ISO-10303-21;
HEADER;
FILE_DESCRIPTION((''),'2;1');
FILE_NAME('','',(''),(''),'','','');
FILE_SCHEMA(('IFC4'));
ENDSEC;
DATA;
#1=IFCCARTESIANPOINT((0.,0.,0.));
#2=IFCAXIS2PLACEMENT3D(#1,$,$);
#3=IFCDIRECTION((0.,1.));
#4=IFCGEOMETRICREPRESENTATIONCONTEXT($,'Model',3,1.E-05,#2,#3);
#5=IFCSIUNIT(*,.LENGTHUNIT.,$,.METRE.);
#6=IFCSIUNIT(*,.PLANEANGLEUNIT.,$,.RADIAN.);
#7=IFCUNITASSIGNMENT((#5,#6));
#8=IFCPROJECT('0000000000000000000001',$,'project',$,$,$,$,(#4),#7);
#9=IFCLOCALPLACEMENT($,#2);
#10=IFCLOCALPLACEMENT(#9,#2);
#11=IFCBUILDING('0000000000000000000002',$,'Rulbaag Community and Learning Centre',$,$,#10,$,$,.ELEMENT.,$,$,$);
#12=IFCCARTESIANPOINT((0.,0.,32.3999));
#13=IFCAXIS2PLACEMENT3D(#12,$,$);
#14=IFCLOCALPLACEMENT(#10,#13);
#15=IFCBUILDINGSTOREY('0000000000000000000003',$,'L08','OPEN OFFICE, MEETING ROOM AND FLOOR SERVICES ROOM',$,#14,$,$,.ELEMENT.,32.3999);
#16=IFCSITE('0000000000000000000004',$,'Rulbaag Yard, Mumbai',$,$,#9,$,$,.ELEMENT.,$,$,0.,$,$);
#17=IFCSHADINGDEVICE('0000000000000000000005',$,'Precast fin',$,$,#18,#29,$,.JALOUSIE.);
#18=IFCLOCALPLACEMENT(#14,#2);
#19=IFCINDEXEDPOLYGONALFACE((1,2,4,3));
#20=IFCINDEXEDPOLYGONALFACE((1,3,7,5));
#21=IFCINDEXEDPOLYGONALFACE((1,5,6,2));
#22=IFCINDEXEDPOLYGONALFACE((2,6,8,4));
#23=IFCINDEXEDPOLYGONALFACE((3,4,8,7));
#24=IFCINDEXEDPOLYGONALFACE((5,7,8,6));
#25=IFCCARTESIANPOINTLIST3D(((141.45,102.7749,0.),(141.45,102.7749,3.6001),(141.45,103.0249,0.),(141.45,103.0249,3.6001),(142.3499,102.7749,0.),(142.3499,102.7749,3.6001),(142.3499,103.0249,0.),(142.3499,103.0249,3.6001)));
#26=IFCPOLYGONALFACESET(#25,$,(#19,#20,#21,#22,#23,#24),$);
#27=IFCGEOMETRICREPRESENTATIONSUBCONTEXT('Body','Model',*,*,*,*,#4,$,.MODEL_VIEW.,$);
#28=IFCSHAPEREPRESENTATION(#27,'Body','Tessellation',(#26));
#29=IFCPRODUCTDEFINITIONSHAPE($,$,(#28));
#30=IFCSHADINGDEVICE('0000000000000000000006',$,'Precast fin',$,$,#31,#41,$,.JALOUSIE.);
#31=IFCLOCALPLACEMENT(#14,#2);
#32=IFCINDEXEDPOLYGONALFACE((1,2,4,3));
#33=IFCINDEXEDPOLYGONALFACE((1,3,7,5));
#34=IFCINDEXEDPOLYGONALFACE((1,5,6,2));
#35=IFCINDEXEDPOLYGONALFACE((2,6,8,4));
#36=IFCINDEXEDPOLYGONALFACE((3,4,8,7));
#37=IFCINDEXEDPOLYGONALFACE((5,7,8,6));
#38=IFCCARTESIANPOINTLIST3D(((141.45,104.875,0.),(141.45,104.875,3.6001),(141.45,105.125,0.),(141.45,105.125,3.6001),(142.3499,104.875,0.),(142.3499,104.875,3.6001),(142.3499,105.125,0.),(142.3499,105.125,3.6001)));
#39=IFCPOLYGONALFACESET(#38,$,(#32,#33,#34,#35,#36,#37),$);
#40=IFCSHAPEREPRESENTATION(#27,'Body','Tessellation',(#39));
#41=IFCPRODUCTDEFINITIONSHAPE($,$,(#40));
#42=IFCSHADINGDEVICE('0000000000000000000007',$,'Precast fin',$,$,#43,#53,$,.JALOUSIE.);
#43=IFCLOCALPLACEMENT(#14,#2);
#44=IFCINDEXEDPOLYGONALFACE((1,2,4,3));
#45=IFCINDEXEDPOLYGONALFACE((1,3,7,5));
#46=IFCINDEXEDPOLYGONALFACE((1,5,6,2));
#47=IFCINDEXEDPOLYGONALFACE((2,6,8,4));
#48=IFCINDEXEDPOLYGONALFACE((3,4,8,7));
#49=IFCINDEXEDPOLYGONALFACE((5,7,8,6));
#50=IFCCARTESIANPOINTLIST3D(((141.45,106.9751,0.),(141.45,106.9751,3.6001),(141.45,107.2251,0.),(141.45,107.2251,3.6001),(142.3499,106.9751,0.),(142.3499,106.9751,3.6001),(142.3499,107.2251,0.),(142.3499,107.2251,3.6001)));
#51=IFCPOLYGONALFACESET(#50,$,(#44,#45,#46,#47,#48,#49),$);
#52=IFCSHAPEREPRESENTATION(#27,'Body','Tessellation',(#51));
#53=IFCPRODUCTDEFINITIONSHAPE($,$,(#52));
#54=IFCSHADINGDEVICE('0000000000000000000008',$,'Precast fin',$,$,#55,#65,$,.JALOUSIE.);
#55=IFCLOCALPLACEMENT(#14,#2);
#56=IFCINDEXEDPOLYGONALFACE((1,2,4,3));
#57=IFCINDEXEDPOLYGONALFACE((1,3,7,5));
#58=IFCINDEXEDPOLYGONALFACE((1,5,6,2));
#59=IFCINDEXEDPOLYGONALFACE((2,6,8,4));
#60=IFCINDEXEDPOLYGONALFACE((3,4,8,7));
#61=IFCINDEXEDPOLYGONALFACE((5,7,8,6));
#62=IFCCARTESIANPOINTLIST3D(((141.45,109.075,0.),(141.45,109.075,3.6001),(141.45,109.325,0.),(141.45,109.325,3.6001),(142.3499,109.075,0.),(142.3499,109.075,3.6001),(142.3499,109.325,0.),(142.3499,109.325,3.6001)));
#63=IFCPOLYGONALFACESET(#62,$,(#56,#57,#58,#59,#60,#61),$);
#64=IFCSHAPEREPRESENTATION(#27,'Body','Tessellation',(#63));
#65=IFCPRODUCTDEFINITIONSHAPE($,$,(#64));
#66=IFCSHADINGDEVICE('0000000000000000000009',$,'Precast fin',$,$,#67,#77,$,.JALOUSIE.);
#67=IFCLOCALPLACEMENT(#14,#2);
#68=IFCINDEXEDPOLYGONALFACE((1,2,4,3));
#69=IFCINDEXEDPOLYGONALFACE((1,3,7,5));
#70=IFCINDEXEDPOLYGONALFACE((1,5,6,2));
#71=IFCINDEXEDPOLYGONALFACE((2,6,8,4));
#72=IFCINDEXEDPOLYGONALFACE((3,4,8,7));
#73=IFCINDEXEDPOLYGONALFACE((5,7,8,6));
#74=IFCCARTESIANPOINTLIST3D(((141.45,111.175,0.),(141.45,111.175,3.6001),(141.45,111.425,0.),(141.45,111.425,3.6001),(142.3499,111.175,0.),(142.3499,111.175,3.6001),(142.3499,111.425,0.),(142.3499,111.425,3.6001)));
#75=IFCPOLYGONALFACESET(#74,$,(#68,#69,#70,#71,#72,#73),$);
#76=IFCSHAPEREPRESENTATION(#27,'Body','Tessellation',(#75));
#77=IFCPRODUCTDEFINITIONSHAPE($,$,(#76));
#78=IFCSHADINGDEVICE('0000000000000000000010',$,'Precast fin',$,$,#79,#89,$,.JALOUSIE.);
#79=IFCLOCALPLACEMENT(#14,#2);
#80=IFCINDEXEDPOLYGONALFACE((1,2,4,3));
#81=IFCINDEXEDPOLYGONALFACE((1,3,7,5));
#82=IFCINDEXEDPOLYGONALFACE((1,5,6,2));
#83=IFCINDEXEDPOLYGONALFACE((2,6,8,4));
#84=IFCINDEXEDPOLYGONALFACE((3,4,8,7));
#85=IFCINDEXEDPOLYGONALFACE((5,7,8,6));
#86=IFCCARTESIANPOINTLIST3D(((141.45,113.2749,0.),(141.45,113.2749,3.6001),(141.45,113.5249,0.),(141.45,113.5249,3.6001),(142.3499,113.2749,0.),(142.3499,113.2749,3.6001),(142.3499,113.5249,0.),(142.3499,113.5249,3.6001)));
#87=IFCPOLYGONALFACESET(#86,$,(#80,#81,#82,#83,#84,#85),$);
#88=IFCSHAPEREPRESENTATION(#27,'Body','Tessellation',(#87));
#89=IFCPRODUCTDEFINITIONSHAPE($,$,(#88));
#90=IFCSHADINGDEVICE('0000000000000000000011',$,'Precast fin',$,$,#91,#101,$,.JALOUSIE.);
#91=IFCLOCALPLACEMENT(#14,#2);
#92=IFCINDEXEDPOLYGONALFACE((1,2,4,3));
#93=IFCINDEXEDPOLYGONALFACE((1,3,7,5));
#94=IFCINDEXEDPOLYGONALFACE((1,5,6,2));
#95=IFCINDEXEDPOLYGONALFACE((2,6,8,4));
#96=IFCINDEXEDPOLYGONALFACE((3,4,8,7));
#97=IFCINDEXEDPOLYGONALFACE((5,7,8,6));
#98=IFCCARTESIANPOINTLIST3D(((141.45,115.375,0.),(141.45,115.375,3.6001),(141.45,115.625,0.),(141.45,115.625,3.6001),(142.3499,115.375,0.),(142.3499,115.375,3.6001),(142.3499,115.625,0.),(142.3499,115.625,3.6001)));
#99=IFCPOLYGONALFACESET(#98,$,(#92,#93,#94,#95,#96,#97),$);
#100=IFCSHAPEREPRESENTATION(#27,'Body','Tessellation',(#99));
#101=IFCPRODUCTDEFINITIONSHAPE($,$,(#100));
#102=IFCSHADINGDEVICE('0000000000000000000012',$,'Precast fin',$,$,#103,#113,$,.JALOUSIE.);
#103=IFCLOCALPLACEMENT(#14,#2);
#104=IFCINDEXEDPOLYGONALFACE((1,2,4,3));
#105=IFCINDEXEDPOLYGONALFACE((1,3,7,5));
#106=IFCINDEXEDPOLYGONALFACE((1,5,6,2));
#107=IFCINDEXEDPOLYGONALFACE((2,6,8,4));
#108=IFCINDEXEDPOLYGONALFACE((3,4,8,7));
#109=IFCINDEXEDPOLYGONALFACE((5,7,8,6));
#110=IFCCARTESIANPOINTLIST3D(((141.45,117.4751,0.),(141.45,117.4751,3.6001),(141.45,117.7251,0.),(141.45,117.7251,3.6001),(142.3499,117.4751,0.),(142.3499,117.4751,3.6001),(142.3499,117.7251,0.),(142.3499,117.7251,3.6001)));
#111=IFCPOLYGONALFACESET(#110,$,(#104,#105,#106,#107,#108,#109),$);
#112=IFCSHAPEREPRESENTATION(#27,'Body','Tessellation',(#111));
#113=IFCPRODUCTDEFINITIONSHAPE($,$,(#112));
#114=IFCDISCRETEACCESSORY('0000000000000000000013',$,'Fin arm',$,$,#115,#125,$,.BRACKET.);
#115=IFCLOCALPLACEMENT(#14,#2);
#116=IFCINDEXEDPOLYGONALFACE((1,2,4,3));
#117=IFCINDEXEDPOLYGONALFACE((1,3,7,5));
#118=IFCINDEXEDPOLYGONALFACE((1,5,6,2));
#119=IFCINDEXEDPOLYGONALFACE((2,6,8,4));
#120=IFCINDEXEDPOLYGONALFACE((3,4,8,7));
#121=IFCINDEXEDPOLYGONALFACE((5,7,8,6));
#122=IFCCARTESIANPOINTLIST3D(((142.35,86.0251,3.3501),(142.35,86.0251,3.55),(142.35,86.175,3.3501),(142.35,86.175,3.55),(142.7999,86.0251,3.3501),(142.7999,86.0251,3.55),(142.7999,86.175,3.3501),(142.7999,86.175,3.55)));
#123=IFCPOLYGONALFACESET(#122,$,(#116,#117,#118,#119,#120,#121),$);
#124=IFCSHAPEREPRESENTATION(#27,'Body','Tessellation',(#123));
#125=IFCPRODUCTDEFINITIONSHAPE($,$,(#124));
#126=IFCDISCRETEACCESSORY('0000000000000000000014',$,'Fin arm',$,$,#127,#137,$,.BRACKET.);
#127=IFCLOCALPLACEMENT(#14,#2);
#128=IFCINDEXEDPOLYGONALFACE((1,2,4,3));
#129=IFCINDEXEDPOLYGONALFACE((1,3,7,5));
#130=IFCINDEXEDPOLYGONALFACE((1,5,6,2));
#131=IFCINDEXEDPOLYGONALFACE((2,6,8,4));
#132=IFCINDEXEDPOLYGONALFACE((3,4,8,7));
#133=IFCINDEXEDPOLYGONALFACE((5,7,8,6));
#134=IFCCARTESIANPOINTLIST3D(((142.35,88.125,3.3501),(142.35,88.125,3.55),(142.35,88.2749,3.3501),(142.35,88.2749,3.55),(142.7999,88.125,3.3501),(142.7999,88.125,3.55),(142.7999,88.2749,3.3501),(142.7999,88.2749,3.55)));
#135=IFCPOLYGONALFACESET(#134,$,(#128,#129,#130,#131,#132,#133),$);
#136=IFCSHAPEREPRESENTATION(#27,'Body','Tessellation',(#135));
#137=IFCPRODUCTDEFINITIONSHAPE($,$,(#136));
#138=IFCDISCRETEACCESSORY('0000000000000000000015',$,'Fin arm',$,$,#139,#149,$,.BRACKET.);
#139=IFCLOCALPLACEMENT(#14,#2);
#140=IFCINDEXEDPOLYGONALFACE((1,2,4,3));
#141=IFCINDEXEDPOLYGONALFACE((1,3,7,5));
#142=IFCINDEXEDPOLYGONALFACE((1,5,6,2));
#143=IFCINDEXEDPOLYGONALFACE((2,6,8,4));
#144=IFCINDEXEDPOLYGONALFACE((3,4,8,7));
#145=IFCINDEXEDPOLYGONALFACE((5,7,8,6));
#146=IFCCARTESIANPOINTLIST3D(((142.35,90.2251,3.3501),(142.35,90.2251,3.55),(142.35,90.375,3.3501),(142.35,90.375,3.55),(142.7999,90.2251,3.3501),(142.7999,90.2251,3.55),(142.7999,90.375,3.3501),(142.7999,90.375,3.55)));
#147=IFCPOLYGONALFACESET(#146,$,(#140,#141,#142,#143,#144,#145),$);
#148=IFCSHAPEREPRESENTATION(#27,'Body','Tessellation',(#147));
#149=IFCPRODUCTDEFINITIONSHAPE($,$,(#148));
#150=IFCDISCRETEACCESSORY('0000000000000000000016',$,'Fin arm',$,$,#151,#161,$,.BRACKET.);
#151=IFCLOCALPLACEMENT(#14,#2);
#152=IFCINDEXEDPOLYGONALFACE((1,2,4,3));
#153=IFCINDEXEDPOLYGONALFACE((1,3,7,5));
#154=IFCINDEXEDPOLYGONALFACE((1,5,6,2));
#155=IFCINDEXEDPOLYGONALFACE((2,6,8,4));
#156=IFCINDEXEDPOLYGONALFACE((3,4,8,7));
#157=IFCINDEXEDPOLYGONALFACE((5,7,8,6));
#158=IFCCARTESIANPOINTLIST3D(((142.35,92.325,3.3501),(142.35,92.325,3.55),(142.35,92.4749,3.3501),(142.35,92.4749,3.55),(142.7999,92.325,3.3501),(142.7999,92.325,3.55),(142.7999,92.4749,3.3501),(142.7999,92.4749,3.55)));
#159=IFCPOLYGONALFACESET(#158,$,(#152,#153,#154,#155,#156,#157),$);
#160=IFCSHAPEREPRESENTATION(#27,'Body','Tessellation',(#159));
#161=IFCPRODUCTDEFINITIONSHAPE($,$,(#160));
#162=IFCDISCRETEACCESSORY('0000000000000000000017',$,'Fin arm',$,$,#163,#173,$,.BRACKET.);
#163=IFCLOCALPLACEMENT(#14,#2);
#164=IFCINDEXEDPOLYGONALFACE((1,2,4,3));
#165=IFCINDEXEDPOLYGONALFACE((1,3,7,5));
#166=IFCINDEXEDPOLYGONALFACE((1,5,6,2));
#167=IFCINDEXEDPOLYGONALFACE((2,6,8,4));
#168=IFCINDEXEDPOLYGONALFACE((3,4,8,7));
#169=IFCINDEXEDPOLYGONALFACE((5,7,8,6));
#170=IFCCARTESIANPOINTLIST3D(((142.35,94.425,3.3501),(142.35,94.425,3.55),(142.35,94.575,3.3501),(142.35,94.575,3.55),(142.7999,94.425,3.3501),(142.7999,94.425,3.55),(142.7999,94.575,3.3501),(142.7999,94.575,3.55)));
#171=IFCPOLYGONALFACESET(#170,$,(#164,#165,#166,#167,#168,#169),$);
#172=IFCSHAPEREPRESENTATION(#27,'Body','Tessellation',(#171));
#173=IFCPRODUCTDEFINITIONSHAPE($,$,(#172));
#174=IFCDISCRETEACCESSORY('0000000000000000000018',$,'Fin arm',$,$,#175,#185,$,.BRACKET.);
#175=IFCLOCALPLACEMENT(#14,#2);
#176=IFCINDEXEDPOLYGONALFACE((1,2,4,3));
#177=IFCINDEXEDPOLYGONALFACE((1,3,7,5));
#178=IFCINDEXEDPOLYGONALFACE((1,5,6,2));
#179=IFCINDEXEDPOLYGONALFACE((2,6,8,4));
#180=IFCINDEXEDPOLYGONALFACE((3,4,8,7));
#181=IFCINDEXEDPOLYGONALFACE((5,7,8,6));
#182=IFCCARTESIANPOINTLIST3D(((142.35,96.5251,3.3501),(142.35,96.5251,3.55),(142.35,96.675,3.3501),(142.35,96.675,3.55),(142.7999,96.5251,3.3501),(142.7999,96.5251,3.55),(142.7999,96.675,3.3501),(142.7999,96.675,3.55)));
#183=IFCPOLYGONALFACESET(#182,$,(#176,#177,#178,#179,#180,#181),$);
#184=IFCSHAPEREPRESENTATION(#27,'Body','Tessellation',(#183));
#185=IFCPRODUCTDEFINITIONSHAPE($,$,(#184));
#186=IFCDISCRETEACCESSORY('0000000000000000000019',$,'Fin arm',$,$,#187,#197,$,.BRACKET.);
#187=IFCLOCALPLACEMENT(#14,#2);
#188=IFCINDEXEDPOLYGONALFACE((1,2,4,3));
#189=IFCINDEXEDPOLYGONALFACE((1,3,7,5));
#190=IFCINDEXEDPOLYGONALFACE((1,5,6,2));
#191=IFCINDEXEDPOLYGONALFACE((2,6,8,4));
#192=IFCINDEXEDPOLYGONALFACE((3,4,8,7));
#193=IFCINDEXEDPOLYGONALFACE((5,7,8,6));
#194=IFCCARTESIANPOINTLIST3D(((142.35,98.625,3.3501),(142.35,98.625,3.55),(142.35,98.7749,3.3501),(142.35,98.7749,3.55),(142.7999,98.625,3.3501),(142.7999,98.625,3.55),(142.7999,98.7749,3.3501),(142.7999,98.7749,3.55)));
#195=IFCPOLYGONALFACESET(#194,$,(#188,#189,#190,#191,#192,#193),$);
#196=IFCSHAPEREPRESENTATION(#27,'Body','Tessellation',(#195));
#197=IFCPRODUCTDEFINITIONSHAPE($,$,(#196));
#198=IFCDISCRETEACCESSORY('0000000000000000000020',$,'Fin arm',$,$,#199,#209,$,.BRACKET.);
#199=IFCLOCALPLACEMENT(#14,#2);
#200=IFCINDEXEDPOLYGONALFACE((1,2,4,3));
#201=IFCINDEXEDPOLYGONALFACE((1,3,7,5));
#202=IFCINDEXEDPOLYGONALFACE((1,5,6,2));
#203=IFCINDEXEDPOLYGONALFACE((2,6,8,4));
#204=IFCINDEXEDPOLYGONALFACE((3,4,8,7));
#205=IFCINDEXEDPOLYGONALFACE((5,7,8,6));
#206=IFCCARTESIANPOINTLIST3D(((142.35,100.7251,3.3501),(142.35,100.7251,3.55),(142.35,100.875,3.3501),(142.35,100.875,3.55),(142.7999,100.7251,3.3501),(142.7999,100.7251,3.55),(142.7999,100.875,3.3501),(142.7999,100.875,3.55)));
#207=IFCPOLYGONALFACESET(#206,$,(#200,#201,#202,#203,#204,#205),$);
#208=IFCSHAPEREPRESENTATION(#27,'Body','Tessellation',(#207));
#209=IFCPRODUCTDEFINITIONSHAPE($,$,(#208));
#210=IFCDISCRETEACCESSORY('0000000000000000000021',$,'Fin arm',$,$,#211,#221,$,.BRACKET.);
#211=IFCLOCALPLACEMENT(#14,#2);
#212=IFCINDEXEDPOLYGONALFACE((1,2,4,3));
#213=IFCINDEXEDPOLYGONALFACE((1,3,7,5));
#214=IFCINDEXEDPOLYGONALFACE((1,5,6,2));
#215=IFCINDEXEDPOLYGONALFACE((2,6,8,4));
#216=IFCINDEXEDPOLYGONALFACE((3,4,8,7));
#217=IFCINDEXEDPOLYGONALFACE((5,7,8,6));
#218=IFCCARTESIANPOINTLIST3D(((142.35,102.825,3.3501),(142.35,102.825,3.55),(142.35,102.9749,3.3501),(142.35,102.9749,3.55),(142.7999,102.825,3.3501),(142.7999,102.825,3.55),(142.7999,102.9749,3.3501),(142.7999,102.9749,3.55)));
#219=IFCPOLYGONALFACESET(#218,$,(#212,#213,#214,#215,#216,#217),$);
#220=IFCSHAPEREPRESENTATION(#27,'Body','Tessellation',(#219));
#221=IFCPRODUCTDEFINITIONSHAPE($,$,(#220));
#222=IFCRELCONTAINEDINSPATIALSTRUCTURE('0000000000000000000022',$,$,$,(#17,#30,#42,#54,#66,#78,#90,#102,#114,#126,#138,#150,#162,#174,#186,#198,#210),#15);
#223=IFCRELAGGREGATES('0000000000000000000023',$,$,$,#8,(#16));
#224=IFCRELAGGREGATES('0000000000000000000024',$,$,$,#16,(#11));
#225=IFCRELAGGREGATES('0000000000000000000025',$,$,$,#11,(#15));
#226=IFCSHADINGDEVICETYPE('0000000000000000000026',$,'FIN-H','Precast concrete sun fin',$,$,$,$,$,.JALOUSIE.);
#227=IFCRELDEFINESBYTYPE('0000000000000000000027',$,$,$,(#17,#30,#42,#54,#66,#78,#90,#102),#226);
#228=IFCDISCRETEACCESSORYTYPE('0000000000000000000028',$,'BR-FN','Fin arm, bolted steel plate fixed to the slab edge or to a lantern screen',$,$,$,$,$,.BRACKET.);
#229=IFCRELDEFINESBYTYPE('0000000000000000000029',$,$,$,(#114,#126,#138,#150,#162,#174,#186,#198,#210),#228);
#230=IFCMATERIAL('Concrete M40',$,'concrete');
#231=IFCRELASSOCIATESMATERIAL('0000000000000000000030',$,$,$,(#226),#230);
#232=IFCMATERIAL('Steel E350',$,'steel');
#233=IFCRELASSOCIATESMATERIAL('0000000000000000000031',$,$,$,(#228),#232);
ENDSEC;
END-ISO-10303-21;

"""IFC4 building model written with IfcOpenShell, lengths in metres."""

from ifc_helpers import new_model, si_unit, direction, frame, origin, origin_2d, place, context, subcontext, project, spatial, rectangle, extrude, material, material_profile, profile_set, type_object, element, save


model = new_model("IFC4")

# Units and contexts
model_context = context("Model", 3, precision=1e-05, world=origin(), true_north=direction((0.0, 1.0)))
body_context = subcontext(model_context, "Body", "Model", "MODEL_VIEW")
ifc_project = project(units=[si_unit("LENGTHUNIT", "METRE"), si_unit("PLANEANGLEUNIT", "RADIAN")], contexts=[model_context])

# Site, building, storey
site_placement = place(None, origin())
site = spatial("IfcSite", under=ifc_project, at=site_placement, Name="Rulbaag Yard, Mumbai", CompositionType="ELEMENT", RefElevation=0.0)
building_placement = place(site_placement, origin())
building = spatial("IfcBuilding", under=site, at=building_placement, Name="Rulbaag Community and Learning Centre", CompositionType="ELEMENT")
storey_placement = place(building_placement, frame((0.0, 0.0, 32.3999)))
storey = spatial("IfcBuildingStorey", under=building, at=storey_placement, Name="L08", Description="OPEN OFFICE, MEETING ROOM AND FLOOR SERVICES ROOM", CompositionType="ELEMENT", Elevation=32.3999)

# Shared definitions
ifc_material_1 = material(Name="Concrete M40", Category="concrete")

# Shading devices
ifc_material_profile = material_profile(ifc_material_1, rectangle(XDim=0.25, YDim=0.8999, at=origin_2d()), Name="PC 250x900")
ifc_profile_set = profile_set([ifc_material_profile], Name="Concrete M40")
shading_device_type = type_object("IfcShadingDeviceType", Name="FIN-H", Description="Precast concrete sun fin", PredefinedType="JALOUSIE", material=ifc_profile_set)
for number, where, z_axis, x_axis, name in (
    (1, (141.8999, 102.8999, 0.0), (0.0, 0.0, 1.0), (0.0, 1.0, 0.0), "Precast fin"),
    (2, (141.8999, 105.0, 0.0), (0.0, 0.0, 1.0), (0.0, 1.0, 0.0), "Precast fin"),
    (3, (141.8999, 107.1001, 0.0), (0.0, 0.0, 1.0), (0.0, 1.0, 0.0), "Precast fin"),
    (4, (141.8999, 109.2, 0.0), (0.0, 0.0, 1.0), (0.0, 1.0, 0.0), "Precast fin"),
    (5, (141.8999, 111.3, 0.0), (0.0, 0.0, 1.0), (0.0, 1.0, 0.0), "Precast fin"),
    (6, (141.8999, 113.3999, 0.0), (0.0, 0.0, 1.0), (0.0, 1.0, 0.0), "Precast fin"),
    (7, (141.8999, 115.5, 0.0), (0.0, 0.0, 1.0), (0.0, 1.0, 0.0), "Precast fin"),
    (8, (141.8999, 117.6001, 0.0), (0.0, 0.0, 1.0), (0.0, 1.0, 0.0), "Precast fin"),
):
    element("IfcShadingDevice", number, at=place(storey_placement, frame(where, z_axis=z_axis, x_axis=x_axis)), inside=storey, type_object=shading_device_type, Name=name, PredefinedType="JALOUSIE", context=body_context, shape_type="SweptSolid", body=[
        extrude(rectangle(XDim=0.25, YDim=0.8999, at=origin_2d()), origin(), (0.0, 0.0, 1.0), 3.6001),
    ])

# Discrete accessories
ifc_material_2 = material(Name="Steel E350", Category="steel")
discrete_accessory_type = type_object("IfcDiscreteAccessoryType", Name="BR-FN", Description="Fin arm, bolted steel plate fixed to the slab edge or to a lantern screen", PredefinedType="BRACKET", material=ifc_material_2)
for number, where, z_axis, x_axis, name in (
    (9, (142.575, 86.1001, 3.3501), (0.0, 0.0, 1.0), (1.0, 0.0, 0.0), "Fin arm"),
    (10, (142.575, 88.2, 3.3501), (0.0, 0.0, 1.0), (1.0, 0.0, 0.0), "Fin arm"),
    (11, (142.575, 90.3, 3.3501), (0.0, 0.0, 1.0), (1.0, 0.0, 0.0), "Fin arm"),
    (12, (142.575, 92.3999, 3.3501), (0.0, 0.0, 1.0), (1.0, 0.0, 0.0), "Fin arm"),
    (13, (142.575, 94.5, 3.3501), (0.0, 0.0, 1.0), (1.0, 0.0, 0.0), "Fin arm"),
    (14, (142.575, 96.6001, 3.3501), (0.0, 0.0, 1.0), (1.0, 0.0, 0.0), "Fin arm"),
    (15, (142.575, 98.7, 3.3501), (0.0, 0.0, 1.0), (1.0, 0.0, 0.0), "Fin arm"),
    (16, (142.575, 100.8, 3.3501), (0.0, 0.0, 1.0), (1.0, 0.0, 0.0), "Fin arm"),
    (17, (142.575, 102.8999, 3.3501), (0.0, 0.0, 1.0), (1.0, 0.0, 0.0), "Fin arm"),
):
    element("IfcDiscreteAccessory", number, at=place(storey_placement, frame(where, z_axis=z_axis, x_axis=x_axis)), inside=storey, type_object=discrete_accessory_type, Name=name, PredefinedType="BRACKET", context=body_context, shape_type="SweptSolid", body=[
        extrude(rectangle(XDim=0.45, YDim=0.1499, at=origin_2d()), origin(), (0.0, 0.0, 1.0), 0.2),
    ])

save(model, "model.ifc")
